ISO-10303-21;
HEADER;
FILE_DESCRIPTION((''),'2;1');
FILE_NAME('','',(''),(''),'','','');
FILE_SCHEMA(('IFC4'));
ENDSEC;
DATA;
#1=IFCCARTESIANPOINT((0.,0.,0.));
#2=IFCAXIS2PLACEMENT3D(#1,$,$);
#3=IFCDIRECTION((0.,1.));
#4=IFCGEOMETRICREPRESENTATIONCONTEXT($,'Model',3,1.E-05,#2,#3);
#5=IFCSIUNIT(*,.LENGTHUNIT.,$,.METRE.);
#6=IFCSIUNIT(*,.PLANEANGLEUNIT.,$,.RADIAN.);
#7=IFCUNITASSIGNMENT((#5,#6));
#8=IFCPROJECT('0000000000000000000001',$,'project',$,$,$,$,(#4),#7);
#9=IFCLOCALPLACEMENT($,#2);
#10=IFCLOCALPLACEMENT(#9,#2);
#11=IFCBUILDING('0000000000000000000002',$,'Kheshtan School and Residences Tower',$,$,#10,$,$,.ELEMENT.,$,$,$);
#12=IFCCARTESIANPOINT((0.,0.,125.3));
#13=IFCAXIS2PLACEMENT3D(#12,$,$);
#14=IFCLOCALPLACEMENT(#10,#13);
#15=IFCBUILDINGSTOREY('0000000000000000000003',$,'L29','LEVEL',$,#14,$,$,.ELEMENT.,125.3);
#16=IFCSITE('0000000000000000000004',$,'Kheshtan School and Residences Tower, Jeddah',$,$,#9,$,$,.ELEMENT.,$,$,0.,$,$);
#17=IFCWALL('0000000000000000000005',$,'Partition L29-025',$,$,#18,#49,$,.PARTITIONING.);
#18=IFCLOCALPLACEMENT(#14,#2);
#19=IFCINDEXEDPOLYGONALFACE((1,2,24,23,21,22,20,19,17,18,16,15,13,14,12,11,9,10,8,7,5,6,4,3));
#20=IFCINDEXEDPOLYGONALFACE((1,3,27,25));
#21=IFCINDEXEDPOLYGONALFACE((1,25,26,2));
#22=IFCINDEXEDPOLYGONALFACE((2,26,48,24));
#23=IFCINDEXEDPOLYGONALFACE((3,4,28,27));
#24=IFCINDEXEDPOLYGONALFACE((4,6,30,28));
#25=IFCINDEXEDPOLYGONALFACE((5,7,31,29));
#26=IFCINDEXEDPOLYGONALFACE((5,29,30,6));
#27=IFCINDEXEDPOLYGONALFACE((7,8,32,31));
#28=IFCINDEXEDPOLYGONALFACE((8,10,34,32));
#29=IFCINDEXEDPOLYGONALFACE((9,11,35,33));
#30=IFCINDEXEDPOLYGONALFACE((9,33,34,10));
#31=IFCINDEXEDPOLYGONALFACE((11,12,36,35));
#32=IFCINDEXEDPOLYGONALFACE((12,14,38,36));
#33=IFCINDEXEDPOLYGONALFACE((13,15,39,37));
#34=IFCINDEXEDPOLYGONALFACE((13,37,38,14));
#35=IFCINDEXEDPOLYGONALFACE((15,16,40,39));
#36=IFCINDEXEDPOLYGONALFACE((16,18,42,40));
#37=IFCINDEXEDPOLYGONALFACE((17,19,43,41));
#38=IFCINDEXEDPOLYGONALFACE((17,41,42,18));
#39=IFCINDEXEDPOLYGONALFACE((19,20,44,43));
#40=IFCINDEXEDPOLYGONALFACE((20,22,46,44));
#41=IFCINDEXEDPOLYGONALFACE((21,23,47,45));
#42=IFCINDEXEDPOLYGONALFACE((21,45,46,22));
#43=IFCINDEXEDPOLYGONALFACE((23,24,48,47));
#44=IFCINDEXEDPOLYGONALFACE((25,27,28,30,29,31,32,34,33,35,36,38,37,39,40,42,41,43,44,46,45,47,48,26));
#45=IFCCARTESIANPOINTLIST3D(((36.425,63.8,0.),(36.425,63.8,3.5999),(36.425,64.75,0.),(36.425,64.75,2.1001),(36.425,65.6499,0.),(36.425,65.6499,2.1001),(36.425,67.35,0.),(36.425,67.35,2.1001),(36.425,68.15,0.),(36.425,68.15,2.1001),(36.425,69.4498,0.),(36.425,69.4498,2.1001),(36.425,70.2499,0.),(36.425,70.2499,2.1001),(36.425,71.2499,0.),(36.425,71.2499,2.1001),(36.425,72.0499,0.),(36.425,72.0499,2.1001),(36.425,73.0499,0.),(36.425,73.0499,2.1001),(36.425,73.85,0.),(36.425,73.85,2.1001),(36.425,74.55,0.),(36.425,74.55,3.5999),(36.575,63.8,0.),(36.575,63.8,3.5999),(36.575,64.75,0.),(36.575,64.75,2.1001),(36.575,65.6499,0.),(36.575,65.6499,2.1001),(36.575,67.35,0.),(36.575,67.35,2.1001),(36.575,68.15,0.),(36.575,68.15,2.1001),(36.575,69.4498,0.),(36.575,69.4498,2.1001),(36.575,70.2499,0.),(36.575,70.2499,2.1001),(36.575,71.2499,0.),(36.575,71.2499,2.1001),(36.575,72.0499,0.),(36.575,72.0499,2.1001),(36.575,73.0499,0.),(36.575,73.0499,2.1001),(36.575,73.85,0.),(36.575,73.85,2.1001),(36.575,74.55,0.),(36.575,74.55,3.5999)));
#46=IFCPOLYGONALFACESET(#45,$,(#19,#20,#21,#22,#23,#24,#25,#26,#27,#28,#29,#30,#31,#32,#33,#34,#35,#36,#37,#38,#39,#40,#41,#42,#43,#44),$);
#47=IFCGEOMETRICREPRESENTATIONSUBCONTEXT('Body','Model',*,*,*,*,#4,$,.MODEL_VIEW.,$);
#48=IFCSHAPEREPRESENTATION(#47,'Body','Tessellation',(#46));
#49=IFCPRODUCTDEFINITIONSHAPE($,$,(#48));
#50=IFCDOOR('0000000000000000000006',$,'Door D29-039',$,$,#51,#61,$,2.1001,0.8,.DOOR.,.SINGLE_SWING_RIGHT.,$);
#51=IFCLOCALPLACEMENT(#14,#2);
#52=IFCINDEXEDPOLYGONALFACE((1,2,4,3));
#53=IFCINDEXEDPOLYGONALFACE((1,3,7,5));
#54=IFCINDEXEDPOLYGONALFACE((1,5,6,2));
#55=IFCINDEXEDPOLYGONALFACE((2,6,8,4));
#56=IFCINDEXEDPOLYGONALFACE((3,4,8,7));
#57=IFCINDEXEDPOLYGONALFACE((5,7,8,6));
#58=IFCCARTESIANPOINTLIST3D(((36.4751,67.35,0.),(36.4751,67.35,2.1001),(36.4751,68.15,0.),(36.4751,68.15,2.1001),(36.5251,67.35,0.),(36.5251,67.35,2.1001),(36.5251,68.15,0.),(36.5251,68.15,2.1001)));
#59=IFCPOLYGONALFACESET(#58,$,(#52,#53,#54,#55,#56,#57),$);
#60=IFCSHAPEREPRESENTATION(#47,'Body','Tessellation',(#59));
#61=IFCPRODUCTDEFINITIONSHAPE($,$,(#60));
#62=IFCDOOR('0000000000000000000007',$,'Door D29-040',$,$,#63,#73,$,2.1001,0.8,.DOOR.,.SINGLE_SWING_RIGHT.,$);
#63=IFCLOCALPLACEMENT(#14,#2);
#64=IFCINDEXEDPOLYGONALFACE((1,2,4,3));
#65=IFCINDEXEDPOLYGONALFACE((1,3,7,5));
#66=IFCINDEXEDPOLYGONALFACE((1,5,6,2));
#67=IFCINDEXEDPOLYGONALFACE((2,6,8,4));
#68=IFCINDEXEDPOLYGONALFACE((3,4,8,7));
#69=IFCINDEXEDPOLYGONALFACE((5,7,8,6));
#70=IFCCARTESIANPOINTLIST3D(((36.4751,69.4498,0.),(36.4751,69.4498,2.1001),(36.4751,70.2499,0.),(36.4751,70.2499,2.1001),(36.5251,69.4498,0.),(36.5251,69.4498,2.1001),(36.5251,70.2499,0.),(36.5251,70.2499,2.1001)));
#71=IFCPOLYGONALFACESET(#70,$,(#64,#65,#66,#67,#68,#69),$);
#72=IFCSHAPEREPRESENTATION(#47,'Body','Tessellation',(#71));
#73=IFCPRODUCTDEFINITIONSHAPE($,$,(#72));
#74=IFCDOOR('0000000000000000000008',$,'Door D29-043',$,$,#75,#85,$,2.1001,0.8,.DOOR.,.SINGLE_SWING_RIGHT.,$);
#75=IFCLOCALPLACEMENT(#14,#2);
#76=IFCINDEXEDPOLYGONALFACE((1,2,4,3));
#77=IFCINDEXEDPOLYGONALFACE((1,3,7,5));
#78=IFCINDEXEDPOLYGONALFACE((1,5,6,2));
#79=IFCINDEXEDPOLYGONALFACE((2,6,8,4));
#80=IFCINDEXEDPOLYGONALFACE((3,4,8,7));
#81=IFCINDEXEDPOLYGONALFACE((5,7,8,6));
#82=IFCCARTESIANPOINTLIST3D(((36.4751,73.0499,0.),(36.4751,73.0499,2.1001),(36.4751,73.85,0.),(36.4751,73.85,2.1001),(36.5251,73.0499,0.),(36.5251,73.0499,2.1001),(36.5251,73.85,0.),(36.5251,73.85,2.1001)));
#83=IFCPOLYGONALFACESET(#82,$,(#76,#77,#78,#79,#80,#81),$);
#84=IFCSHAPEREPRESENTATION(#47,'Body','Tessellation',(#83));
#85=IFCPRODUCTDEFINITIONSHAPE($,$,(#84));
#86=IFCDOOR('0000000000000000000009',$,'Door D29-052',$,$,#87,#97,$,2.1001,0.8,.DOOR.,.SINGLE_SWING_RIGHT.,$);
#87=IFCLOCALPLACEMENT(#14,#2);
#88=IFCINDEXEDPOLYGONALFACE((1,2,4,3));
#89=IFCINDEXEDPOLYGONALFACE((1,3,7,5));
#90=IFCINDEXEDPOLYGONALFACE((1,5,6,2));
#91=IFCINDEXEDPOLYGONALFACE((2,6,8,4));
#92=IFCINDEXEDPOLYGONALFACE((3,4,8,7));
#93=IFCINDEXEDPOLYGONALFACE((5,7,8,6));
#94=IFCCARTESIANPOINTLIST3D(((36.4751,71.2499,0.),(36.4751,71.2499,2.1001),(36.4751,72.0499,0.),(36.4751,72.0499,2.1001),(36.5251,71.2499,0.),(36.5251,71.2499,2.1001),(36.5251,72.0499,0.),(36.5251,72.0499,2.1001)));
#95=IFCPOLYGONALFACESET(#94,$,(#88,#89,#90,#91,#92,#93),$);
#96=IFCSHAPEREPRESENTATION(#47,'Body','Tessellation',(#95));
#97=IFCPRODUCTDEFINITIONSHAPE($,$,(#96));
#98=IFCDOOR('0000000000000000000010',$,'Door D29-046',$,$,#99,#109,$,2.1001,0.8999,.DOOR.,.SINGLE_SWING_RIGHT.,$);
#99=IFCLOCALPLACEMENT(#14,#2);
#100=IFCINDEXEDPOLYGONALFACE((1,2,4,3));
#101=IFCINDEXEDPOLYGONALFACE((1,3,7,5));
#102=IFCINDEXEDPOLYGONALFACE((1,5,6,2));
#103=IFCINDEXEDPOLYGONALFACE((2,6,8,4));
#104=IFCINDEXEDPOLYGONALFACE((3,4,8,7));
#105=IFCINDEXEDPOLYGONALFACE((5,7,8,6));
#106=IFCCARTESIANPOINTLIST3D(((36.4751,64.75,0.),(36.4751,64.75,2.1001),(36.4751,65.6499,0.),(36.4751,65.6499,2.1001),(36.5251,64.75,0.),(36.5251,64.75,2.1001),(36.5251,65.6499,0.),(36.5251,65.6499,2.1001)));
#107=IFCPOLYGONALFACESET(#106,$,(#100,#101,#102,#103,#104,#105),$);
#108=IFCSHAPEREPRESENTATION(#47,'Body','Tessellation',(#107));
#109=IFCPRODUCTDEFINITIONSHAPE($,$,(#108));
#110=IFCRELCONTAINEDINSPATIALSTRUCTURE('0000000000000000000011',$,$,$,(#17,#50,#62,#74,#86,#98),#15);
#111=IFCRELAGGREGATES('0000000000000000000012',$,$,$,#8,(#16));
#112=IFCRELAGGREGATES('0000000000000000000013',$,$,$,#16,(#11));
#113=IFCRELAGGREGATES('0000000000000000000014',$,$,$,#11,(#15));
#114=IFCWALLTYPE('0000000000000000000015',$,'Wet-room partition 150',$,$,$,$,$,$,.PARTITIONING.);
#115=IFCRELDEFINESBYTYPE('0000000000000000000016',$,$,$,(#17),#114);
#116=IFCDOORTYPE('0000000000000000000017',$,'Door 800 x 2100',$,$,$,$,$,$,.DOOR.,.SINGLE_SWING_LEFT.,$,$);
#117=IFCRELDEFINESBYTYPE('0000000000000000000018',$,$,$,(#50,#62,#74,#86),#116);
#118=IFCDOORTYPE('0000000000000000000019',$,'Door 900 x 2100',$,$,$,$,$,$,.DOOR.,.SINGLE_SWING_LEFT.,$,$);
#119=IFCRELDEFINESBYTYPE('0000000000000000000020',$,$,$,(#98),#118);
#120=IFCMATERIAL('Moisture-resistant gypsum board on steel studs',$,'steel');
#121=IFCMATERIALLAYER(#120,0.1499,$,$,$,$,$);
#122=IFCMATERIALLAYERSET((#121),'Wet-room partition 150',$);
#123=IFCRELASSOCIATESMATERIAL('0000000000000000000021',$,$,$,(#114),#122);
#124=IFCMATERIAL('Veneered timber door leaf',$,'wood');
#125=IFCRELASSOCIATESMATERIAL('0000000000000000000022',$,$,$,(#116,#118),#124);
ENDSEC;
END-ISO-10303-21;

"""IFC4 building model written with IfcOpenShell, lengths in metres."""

from ifc_helpers import new_model, si_unit, direction, frame, frame_2d, origin, place, context, subcontext, project, spatial, rectangle, extrude, source, transform, mapped, material, layer, layer_set, type_object, element, fill, save


model = new_model("IFC4")

# Units and contexts
model_context = context("Model", 3, precision=1e-05, world=origin(), true_north=direction((0.0, 1.0)))
body_context = subcontext(model_context, "Body", "Model", "MODEL_VIEW")
ifc_project = project(units=[si_unit("LENGTHUNIT", "METRE"), si_unit("PLANEANGLEUNIT", "RADIAN")], contexts=[model_context])

# Site, building, storey
site_placement = place(None, origin())
site = spatial("IfcSite", under=ifc_project, at=site_placement, Name="Kheshtan School and Residences Tower, Jeddah", CompositionType="ELEMENT", RefElevation=0.0)
building_placement = place(site_placement, origin())
building = spatial("IfcBuilding", under=site, at=building_placement, Name="Kheshtan School and Residences Tower", CompositionType="ELEMENT")
storey_placement = place(building_placement, frame((0.0, 0.0, 125.3)))
storey = spatial("IfcBuildingStorey", under=building, at=storey_placement, Name="L29", Description="LEVEL", CompositionType="ELEMENT", Elevation=125.3)

# Wall, openings, doors
ifc_material_1 = material(Name="Moisture-resistant gypsum board on steel studs", Category="steel")
ifc_layer_1 = layer(ifc_material_1, 0.1499)
ifc_layer_set_1 = layer_set([ifc_layer_1], Name="Wet-room partition 150")
wall_type_1 = type_object("IfcWallType", Name="Wet-room partition 150", PredefinedType="PARTITIONING", material=ifc_layer_set_1)
wall_1_placement = place(storey_placement, frame((36.5, 63.8, 0.0), z_axis=(0.0, 0.0, 1.0), x_axis=(0.0, 1.0, 0.0)))
wall_1 = element("IfcWall", 1, at=wall_1_placement, inside=storey, type_object=wall_type_1, Name="Partition L29-025", PredefinedType="PARTITIONING", context=body_context, shape_type="SweptSolid", body=[
    extrude(rectangle(XDim=10.75, YDim=0.1499, at=frame_2d((5.375, 0.0))), origin(), (0.0, 0.0, 1.0), 3.5999),
])
opening_1_placement = place(wall_1_placement, frame((3.55, 0.0, 0.0)))
opening_1 = element("IfcOpeningElement", 2, at=opening_1_placement, cuts=wall_1, PredefinedType="OPENING", context=body_context, shape_type="SweptSolid", body=[
    extrude(rectangle(XDim=0.8, YDim=2.1001, at=frame_2d((0.3999, 1.05))), frame((0.0, 0.085, 0.0), z_axis=(0.0, -1.0, 0.0), x_axis=(1.0, 0.0, 0.0)), (0.0, 0.0, 1.0), 0.1699),
])
opening_2_placement = place(wall_1_placement, frame((5.6499, 0.0, 0.0)))
opening_2 = element("IfcOpeningElement", 3, at=opening_2_placement, cuts=wall_1, PredefinedType="OPENING", context=body_context, shape_type="SweptSolid", body=[
    extrude(rectangle(XDim=0.8, YDim=2.1001, at=frame_2d((0.3999, 1.05))), frame((0.0, 0.085, 0.0), z_axis=(0.0, -1.0, 0.0), x_axis=(1.0, 0.0, 0.0)), (0.0, 0.0, 1.0), 0.1699),
])
opening_3_placement = place(wall_1_placement, frame((9.25, 0.0, 0.0)))
opening_3 = element("IfcOpeningElement", 4, at=opening_3_placement, cuts=wall_1, PredefinedType="OPENING", context=body_context, shape_type="SweptSolid", body=[
    extrude(rectangle(XDim=0.8, YDim=2.1001, at=frame_2d((0.3999, 1.05))), frame((0.0, 0.085, 0.0), z_axis=(0.0, -1.0, 0.0), x_axis=(1.0, 0.0, 0.0)), (0.0, 0.0, 1.0), 0.1699),
])
opening_4_placement = place(wall_1_placement, frame((0.95, 0.0, 0.0)))
opening_4 = element("IfcOpeningElement", 5, at=opening_4_placement, cuts=wall_1, PredefinedType="OPENING", context=body_context, shape_type="SweptSolid", body=[
    extrude(rectangle(XDim=0.8999, YDim=2.1001, at=frame_2d((0.45, 1.05))), frame((0.0, 0.085, 0.0), z_axis=(0.0, -1.0, 0.0), x_axis=(1.0, 0.0, 0.0)), (0.0, 0.0, 1.0), 0.1699),
])
opening_5_placement = place(wall_1_placement, frame((7.45, 0.0, 0.0)))
opening_5 = element("IfcOpeningElement", 6, at=opening_5_placement, cuts=wall_1, PredefinedType="OPENING", context=body_context, shape_type="SweptSolid", body=[
    extrude(rectangle(XDim=0.8, YDim=2.1001, at=frame_2d((0.3999, 1.05))), frame((0.0, 0.085, 0.0), z_axis=(0.0, -1.0, 0.0), x_axis=(1.0, 0.0, 0.0)), (0.0, 0.0, 1.0), 0.1699),
])
ifc_material_2 = material(Name="Veneered timber door leaf", Category="wood")
door_type_1 = type_object("IfcDoorType", Name="Door 800 x 2100", OperationType="SINGLE_SWING_LEFT", PredefinedType="DOOR", material=ifc_material_2)
shared_shape_1 = source(origin(), body_context, "Body", "SweptSolid", [
    extrude(rectangle(XDim=0.8, YDim=2.1001, at=frame_2d((0.3999, 1.05))), frame((0.0, 0.0249, 0.0), z_axis=(0.0, -1.0, 0.0), x_axis=(1.0, 0.0, 0.0)), (0.0, 0.0, 1.0), 0.05),
])
door_1_placement = place(opening_1_placement, origin())
door_1 = element("IfcDoor", 7, at=door_1_placement, inside=storey, type_object=door_type_1, Name="Door D29-039", OperationType="SINGLE_SWING_RIGHT", OverallHeight=2.1001, OverallWidth=0.8, PredefinedType="DOOR", context=body_context, shape_type="MappedRepresentation", body=[
    mapped(shared_shape_1, transform((0.0, 0.0, 0.0), x_axis=(1.0, 0.0, 0.0), y_axis=(0.0, 1.0, 0.0), z_axis=(0.0, 0.0, 1.0), scale=1.0)),
])
fill(opening_1, door_1)
door_2_placement = place(opening_2_placement, origin())
door_2 = element("IfcDoor", 8, at=door_2_placement, inside=storey, type_object=door_type_1, Name="Door D29-040", OperationType="SINGLE_SWING_RIGHT", OverallHeight=2.1001, OverallWidth=0.8, PredefinedType="DOOR", context=body_context, shape_type="MappedRepresentation", body=[
    mapped(shared_shape_1, transform((0.0, 0.0, 0.0), x_axis=(1.0, 0.0, 0.0), y_axis=(0.0, 1.0, 0.0), z_axis=(0.0, 0.0, 1.0), scale=1.0)),
])
fill(opening_2, door_2)
door_3_placement = place(opening_3_placement, origin())
door_3 = element("IfcDoor", 9, at=door_3_placement, inside=storey, type_object=door_type_1, Name="Door D29-043", OperationType="SINGLE_SWING_RIGHT", OverallHeight=2.1001, OverallWidth=0.8, PredefinedType="DOOR", context=body_context, shape_type="MappedRepresentation", body=[
    mapped(shared_shape_1, transform((0.0, 0.0, 0.0), x_axis=(1.0, 0.0, 0.0), y_axis=(0.0, 1.0, 0.0), z_axis=(0.0, 0.0, 1.0), scale=1.0)),
])
fill(opening_3, door_3)
door_4_placement = place(opening_5_placement, origin())
door_4 = element("IfcDoor", 10, at=door_4_placement, inside=storey, type_object=door_type_1, Name="Door D29-052", OperationType="SINGLE_SWING_RIGHT", OverallHeight=2.1001, OverallWidth=0.8, PredefinedType="DOOR", context=body_context, shape_type="MappedRepresentation", body=[
    mapped(shared_shape_1, transform((0.0, 0.0, 0.0), x_axis=(1.0, 0.0, 0.0), y_axis=(0.0, 1.0, 0.0), z_axis=(0.0, 0.0, 1.0), scale=1.0)),
])
fill(opening_5, door_4)
door_type_2 = type_object("IfcDoorType", Name="Door 900 x 2100", OperationType="SINGLE_SWING_LEFT", PredefinedType="DOOR", material=ifc_material_2)
shared_shape_2 = source(origin(), body_context, "Body", "SweptSolid", [
    extrude(rectangle(XDim=0.8999, YDim=2.1001, at=frame_2d((0.45, 1.05))), frame((0.0, 0.0249, 0.0), z_axis=(0.0, -1.0, 0.0), x_axis=(1.0, 0.0, 0.0)), (0.0, 0.0, 1.0), 0.05),
])
door_5_placement = place(opening_4_placement, origin())
door_5 = element("IfcDoor", 11, at=door_5_placement, inside=storey, type_object=door_type_2, Name="Door D29-046", OperationType="SINGLE_SWING_RIGHT", OverallHeight=2.1001, OverallWidth=0.8999, PredefinedType="DOOR", context=body_context, shape_type="MappedRepresentation", body=[
    mapped(shared_shape_2, transform((0.0, 0.0, 0.0), x_axis=(1.0, 0.0, 0.0), y_axis=(0.0, 1.0, 0.0), z_axis=(0.0, 0.0, 1.0), scale=1.0)),
])
fill(opening_4, door_5)

save(model, "model.ifc")
